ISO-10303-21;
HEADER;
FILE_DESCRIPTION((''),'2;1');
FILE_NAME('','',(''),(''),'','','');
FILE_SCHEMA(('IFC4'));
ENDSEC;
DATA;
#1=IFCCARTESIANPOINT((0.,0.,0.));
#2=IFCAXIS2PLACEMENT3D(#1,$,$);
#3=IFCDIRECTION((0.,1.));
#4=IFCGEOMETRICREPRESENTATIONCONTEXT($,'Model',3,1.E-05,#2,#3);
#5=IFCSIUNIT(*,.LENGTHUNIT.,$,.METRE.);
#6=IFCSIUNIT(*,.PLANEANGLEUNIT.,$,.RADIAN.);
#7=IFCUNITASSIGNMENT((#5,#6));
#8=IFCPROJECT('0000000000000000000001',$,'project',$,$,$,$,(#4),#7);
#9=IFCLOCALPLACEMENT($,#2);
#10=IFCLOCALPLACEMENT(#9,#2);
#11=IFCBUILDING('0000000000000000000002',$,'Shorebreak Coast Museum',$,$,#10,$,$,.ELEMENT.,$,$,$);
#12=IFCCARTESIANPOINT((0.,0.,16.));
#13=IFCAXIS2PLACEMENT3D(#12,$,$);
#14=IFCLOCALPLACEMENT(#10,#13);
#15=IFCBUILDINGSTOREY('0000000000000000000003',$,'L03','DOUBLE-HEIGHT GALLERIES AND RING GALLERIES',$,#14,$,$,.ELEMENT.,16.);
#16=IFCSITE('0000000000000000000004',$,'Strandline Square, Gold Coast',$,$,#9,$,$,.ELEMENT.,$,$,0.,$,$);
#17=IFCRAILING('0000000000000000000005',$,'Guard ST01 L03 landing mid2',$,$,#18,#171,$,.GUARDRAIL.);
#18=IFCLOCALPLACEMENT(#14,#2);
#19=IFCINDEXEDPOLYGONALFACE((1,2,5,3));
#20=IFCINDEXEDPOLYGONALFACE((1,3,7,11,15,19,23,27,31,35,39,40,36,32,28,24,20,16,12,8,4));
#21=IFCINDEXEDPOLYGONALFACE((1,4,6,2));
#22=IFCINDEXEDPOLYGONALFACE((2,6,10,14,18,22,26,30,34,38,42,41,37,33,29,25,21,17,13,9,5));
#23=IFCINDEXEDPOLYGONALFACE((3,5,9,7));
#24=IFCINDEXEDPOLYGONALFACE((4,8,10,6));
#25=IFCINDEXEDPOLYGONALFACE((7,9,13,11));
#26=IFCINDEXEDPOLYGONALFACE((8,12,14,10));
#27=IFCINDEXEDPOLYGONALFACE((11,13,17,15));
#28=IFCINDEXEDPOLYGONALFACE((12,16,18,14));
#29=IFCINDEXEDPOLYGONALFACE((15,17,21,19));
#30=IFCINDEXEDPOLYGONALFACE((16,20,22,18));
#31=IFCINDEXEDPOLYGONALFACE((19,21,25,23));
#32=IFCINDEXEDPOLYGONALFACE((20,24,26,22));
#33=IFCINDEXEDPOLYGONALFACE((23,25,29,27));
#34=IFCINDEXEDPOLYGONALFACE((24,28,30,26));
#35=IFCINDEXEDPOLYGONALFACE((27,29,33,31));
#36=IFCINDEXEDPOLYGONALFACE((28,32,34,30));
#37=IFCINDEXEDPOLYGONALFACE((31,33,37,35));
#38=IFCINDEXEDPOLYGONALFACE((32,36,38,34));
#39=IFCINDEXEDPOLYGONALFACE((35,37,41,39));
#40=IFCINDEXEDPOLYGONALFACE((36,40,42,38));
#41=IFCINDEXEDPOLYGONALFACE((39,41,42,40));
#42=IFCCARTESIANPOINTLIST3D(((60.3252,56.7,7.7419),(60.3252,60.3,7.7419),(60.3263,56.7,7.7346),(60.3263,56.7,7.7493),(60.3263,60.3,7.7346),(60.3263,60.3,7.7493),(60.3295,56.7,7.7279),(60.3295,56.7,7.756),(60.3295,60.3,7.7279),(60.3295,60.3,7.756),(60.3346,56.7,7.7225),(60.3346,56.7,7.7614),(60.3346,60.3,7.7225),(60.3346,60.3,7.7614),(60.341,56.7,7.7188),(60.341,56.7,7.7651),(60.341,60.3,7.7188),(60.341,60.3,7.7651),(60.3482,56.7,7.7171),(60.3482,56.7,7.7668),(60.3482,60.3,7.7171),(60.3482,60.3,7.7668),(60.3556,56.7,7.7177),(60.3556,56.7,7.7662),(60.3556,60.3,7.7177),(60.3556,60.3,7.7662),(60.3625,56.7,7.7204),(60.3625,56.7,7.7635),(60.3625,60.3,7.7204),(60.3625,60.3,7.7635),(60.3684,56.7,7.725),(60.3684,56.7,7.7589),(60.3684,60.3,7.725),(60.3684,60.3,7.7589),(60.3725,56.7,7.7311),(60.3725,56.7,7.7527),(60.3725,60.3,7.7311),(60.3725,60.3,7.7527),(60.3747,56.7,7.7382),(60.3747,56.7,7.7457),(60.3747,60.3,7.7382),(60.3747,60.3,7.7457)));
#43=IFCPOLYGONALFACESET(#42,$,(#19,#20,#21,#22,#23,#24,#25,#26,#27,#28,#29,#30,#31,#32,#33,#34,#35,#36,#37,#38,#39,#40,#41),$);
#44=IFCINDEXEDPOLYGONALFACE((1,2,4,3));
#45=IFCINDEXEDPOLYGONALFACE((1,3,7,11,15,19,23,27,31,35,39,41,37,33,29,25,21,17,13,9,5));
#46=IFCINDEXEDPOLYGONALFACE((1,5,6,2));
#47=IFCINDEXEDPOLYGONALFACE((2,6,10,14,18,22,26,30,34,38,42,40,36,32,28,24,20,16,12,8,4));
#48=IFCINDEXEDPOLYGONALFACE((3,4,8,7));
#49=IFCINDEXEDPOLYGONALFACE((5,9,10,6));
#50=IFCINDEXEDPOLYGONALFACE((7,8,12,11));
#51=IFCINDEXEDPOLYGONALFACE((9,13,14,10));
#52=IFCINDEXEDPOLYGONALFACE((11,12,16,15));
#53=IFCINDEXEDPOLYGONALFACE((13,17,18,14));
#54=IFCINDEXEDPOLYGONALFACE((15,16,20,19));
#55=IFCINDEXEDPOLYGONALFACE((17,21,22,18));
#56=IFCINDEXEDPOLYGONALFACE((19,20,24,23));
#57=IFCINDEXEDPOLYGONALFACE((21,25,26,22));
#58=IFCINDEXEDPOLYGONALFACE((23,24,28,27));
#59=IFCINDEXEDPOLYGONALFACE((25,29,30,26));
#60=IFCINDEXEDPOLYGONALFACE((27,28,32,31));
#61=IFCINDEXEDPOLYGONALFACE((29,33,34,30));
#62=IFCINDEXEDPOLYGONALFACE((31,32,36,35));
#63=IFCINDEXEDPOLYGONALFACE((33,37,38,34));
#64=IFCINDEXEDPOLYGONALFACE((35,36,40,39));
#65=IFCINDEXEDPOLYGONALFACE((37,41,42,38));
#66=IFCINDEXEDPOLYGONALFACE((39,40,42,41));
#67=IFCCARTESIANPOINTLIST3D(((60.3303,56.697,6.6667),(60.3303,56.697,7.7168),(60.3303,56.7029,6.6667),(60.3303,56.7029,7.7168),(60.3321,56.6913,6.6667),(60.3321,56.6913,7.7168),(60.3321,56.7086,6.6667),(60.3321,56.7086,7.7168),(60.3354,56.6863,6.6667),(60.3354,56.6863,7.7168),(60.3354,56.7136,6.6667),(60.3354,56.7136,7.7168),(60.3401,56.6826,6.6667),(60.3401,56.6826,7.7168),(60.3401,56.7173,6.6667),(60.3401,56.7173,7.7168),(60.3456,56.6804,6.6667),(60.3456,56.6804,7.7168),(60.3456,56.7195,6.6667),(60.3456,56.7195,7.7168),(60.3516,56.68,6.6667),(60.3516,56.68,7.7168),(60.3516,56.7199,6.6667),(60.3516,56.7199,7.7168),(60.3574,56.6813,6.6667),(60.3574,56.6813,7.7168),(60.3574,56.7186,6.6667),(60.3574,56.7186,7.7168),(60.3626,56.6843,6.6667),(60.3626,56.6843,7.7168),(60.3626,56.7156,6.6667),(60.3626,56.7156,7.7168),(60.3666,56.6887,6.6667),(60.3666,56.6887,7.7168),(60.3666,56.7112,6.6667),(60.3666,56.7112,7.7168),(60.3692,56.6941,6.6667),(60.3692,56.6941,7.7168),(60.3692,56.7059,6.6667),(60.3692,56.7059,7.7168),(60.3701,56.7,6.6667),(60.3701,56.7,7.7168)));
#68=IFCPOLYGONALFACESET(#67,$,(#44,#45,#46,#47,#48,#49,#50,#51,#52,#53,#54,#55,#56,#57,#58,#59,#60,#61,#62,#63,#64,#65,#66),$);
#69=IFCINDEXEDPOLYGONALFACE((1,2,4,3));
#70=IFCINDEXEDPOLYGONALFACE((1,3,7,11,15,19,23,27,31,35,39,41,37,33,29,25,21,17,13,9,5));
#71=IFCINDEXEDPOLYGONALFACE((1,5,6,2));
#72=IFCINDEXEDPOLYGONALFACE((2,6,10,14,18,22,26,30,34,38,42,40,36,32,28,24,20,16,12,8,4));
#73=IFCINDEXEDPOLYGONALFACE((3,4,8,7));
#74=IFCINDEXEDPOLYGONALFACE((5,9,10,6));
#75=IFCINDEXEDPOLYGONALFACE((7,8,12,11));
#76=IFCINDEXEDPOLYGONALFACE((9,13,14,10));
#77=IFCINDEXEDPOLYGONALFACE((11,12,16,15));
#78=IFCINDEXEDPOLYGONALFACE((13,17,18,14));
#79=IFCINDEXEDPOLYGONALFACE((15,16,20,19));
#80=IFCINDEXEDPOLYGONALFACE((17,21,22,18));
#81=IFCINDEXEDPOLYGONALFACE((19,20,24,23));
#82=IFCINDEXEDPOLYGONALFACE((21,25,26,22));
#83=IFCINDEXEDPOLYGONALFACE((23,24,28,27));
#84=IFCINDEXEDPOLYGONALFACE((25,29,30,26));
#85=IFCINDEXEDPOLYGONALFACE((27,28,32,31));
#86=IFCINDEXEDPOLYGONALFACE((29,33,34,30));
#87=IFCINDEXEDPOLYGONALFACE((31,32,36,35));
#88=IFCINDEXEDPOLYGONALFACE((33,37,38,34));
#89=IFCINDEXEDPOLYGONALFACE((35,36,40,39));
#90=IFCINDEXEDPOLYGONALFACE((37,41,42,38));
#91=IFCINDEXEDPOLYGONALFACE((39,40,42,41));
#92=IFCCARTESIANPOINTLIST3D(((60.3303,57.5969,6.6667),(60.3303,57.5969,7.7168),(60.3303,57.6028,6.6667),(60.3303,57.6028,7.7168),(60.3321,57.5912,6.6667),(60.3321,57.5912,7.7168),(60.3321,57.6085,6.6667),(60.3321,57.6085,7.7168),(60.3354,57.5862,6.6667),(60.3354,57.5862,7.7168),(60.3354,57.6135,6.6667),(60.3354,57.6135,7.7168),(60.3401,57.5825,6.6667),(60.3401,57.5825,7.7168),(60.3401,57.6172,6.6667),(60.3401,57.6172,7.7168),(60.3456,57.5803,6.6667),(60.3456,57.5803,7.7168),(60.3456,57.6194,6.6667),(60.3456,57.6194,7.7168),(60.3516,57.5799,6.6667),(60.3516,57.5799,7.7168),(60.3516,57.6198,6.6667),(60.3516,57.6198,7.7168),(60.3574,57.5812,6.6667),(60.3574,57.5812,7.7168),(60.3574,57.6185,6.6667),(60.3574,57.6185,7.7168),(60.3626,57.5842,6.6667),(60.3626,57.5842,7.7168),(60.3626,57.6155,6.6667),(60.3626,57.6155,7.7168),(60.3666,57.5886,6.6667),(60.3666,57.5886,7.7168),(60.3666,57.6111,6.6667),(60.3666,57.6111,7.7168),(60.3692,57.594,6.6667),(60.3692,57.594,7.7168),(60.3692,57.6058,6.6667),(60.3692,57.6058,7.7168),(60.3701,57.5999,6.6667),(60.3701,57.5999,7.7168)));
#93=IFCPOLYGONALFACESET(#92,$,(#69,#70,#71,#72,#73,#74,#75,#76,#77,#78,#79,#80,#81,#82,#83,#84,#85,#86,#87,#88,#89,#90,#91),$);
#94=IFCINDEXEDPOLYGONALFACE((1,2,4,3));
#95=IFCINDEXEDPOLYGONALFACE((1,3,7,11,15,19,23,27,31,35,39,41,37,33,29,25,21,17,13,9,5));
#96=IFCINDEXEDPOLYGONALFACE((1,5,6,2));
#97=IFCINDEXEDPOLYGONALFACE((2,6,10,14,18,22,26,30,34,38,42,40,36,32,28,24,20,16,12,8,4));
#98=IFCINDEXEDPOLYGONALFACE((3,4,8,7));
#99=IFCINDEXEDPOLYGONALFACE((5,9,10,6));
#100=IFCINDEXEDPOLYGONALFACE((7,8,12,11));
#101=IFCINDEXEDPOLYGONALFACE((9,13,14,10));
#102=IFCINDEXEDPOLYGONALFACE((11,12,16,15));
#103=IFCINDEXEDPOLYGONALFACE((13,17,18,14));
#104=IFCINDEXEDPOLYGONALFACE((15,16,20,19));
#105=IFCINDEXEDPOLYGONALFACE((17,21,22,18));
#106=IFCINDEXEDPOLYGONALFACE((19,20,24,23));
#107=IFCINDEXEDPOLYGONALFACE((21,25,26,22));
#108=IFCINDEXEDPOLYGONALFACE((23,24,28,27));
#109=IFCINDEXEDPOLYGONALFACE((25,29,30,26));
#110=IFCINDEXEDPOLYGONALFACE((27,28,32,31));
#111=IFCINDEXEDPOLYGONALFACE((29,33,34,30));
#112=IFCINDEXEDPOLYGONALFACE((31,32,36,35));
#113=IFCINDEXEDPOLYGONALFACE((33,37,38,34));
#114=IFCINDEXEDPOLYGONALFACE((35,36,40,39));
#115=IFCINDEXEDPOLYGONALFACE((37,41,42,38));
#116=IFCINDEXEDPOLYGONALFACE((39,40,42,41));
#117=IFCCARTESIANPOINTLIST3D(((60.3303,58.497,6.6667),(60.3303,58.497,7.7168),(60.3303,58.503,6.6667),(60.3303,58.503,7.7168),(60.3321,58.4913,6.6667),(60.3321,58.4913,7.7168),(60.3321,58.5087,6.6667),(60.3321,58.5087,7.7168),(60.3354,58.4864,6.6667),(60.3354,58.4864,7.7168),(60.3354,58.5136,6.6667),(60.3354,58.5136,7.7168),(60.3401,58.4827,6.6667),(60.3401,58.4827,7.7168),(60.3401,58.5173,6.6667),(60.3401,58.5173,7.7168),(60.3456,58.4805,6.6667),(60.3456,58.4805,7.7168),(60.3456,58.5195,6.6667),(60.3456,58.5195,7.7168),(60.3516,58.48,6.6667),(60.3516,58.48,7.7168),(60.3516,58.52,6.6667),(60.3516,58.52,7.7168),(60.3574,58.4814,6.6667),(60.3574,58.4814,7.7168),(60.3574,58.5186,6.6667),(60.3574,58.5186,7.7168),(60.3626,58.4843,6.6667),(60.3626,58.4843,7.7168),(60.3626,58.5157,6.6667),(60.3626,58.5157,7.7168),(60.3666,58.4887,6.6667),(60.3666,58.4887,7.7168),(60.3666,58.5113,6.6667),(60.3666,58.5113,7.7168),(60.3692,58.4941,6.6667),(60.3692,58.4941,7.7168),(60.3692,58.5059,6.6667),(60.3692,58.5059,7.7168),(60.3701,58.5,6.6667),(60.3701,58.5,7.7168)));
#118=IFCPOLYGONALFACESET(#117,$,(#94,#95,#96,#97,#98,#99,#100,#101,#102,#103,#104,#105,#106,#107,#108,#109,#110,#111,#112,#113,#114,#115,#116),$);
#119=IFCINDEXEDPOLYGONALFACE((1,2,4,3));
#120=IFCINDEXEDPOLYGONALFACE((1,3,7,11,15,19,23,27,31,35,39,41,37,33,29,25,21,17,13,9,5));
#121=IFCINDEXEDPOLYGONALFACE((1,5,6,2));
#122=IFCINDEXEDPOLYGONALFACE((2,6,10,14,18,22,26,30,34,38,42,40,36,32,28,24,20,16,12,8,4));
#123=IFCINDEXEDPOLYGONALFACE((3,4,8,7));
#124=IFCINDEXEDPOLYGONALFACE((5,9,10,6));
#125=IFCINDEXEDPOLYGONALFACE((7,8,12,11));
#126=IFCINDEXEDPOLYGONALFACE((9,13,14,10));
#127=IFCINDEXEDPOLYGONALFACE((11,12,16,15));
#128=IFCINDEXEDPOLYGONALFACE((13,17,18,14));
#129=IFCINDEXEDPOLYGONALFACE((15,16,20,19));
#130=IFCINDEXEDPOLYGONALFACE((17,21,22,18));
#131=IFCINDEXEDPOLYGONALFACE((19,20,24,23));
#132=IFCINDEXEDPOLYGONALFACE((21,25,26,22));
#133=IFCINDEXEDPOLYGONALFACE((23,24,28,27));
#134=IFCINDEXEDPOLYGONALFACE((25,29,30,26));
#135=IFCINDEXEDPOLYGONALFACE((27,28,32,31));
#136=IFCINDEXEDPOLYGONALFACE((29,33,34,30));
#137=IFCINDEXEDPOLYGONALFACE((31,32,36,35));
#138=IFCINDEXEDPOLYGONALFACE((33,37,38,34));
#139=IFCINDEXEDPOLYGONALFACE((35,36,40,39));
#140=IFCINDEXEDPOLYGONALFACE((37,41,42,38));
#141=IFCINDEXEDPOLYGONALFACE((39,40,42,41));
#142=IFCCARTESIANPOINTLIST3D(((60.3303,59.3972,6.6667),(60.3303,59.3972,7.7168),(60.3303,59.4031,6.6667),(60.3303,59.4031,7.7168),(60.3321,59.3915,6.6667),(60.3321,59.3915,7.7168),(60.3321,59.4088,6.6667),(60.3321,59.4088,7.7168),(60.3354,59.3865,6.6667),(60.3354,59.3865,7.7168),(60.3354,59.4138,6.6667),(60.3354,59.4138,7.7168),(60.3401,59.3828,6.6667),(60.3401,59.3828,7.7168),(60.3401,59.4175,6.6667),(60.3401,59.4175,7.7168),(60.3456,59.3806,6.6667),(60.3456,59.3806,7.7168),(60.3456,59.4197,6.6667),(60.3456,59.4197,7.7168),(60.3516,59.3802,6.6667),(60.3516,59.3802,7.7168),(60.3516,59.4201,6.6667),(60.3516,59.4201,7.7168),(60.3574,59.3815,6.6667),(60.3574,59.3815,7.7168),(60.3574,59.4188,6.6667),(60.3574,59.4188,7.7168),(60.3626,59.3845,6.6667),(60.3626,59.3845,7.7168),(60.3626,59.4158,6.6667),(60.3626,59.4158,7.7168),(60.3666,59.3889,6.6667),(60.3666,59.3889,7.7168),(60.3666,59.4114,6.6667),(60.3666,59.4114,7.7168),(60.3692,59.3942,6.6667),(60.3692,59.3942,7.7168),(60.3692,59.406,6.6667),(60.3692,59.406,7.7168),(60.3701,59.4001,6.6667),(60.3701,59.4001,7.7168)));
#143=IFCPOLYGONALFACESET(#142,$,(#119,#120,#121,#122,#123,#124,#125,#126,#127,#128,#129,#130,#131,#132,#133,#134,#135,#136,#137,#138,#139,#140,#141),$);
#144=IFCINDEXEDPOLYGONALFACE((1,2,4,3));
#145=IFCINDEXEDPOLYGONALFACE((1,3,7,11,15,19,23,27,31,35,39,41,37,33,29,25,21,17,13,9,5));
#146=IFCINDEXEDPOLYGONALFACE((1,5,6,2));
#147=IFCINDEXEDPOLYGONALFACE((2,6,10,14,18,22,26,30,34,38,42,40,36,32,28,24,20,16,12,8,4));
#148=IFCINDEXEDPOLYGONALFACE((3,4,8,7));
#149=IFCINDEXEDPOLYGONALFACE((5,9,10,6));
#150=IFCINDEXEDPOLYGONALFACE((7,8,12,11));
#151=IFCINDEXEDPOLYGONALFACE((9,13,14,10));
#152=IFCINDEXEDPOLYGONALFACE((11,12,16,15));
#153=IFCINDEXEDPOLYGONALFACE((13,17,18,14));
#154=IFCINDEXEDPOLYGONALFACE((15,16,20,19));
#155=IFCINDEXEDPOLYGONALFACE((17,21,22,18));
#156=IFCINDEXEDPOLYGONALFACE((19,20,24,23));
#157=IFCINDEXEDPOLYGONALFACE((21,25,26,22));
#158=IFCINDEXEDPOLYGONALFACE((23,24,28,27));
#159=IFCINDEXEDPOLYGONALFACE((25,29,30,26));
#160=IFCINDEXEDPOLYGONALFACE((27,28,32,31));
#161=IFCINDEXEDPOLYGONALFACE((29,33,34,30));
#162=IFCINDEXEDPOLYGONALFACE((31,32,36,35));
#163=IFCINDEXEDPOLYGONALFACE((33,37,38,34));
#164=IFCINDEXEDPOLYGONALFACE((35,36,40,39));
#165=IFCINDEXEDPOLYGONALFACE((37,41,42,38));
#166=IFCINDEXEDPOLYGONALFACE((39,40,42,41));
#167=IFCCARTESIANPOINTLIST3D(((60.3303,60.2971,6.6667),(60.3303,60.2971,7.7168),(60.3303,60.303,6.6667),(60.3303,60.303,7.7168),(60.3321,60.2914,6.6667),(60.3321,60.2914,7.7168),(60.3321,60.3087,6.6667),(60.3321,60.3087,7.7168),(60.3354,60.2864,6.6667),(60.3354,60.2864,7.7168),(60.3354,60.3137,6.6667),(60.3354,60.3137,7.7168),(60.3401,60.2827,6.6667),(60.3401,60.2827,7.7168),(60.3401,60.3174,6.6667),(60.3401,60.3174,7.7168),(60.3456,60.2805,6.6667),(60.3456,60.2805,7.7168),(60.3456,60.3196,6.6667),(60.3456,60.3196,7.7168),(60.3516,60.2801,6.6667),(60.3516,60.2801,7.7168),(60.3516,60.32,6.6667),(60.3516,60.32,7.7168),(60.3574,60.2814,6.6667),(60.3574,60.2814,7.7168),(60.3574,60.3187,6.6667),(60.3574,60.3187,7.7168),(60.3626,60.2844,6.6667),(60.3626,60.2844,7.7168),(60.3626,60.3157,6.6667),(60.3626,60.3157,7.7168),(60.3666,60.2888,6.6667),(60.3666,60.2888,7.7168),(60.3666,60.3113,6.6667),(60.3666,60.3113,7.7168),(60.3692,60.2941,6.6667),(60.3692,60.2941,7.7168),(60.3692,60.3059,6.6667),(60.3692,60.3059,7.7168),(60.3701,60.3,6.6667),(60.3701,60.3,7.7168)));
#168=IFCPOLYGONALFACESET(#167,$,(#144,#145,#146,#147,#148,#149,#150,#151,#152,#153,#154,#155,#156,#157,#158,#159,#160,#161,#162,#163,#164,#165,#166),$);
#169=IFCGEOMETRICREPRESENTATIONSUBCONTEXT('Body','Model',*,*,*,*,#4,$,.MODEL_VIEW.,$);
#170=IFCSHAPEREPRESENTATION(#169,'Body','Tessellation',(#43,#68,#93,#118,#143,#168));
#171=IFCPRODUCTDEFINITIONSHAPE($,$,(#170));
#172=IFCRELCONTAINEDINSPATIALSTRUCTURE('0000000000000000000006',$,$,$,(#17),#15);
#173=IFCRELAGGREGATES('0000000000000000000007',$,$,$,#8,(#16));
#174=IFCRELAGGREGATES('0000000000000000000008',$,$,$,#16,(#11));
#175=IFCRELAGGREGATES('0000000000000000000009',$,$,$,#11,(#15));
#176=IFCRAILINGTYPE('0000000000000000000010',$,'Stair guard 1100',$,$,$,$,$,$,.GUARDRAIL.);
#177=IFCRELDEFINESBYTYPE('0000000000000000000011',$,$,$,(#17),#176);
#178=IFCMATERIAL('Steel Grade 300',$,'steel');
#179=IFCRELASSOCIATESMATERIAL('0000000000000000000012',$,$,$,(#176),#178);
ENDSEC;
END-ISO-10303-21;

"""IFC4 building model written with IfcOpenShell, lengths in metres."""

from ifc_helpers import new_model, si_unit, direction, frame, origin, origin_2d, place, context, subcontext, project, spatial, circle, extrude, material, type_object, element, save


model = new_model("IFC4")

# Units and contexts
model_context = context("Model", 3, precision=1e-05, world=origin(), true_north=direction((0.0, 1.0)))
body_context = subcontext(model_context, "Body", "Model", "MODEL_VIEW")
ifc_project = project(units=[si_unit("LENGTHUNIT", "METRE"), si_unit("PLANEANGLEUNIT", "RADIAN")], contexts=[model_context])

# Site, building, storey
site_placement = place(None, origin())
site = spatial("IfcSite", under=ifc_project, at=site_placement, Name="Strandline Square, Gold Coast", CompositionType="ELEMENT", RefElevation=0.0)
building_placement = place(site_placement, origin())
building = spatial("IfcBuilding", under=site, at=building_placement, Name="Shorebreak Coast Museum", CompositionType="ELEMENT")
storey_placement = place(building_placement, frame((0.0, 0.0, 16.0)))
storey = spatial("IfcBuildingStorey", under=building, at=storey_placement, Name="L03", Description="DOUBLE-HEIGHT GALLERIES AND RING GALLERIES", CompositionType="ELEMENT", Elevation=16.0)

# Railing
ifc_material_1 = material(Name="Steel Grade 300", Category="steel")
railing_type_1 = type_object("IfcRailingType", Name="Stair guard 1100", PredefinedType="GUARDRAIL", material=ifc_material_1)
railing_1_placement = place(storey_placement, frame((60.3501, 56.7, 6.6667)))
element("IfcRailing", 1, at=railing_1_placement, inside=storey, type_object=railing_type_1, Name="Guard ST01 L03 landing mid2", PredefinedType="GUARDRAIL", context=body_context, shape_type="SweptSolid", body=[
    extrude(circle(Radius=0.0249, at=origin_2d()), frame((0.0, 0.0, 1.0752), z_axis=(0.0, 1.0, 0.0), x_axis=(-1.0, 0.0, 0.0)), (0.0, 0.0, 1.0), 3.6001),
    extrude(circle(Radius=0.02, at=origin_2d()), origin(), (0.0, 0.0, 1.0), 1.05),
    extrude(circle(Radius=0.02, at=origin_2d()), frame((0.0, 0.8999, 0.0)), (0.0, 0.0, 1.0), 1.05),
    extrude(circle(Radius=0.02, at=origin_2d()), frame((0.0, 1.8, 0.0)), (0.0, 0.0, 1.0), 1.05),
    extrude(circle(Radius=0.02, at=origin_2d()), frame((0.0, 2.7002, 0.0)), (0.0, 0.0, 1.0), 1.05),
    extrude(circle(Radius=0.02, at=origin_2d()), frame((0.0, 3.6001, 0.0)), (0.0, 0.0, 1.0), 1.05),
])

save(model, "model.ifc")
